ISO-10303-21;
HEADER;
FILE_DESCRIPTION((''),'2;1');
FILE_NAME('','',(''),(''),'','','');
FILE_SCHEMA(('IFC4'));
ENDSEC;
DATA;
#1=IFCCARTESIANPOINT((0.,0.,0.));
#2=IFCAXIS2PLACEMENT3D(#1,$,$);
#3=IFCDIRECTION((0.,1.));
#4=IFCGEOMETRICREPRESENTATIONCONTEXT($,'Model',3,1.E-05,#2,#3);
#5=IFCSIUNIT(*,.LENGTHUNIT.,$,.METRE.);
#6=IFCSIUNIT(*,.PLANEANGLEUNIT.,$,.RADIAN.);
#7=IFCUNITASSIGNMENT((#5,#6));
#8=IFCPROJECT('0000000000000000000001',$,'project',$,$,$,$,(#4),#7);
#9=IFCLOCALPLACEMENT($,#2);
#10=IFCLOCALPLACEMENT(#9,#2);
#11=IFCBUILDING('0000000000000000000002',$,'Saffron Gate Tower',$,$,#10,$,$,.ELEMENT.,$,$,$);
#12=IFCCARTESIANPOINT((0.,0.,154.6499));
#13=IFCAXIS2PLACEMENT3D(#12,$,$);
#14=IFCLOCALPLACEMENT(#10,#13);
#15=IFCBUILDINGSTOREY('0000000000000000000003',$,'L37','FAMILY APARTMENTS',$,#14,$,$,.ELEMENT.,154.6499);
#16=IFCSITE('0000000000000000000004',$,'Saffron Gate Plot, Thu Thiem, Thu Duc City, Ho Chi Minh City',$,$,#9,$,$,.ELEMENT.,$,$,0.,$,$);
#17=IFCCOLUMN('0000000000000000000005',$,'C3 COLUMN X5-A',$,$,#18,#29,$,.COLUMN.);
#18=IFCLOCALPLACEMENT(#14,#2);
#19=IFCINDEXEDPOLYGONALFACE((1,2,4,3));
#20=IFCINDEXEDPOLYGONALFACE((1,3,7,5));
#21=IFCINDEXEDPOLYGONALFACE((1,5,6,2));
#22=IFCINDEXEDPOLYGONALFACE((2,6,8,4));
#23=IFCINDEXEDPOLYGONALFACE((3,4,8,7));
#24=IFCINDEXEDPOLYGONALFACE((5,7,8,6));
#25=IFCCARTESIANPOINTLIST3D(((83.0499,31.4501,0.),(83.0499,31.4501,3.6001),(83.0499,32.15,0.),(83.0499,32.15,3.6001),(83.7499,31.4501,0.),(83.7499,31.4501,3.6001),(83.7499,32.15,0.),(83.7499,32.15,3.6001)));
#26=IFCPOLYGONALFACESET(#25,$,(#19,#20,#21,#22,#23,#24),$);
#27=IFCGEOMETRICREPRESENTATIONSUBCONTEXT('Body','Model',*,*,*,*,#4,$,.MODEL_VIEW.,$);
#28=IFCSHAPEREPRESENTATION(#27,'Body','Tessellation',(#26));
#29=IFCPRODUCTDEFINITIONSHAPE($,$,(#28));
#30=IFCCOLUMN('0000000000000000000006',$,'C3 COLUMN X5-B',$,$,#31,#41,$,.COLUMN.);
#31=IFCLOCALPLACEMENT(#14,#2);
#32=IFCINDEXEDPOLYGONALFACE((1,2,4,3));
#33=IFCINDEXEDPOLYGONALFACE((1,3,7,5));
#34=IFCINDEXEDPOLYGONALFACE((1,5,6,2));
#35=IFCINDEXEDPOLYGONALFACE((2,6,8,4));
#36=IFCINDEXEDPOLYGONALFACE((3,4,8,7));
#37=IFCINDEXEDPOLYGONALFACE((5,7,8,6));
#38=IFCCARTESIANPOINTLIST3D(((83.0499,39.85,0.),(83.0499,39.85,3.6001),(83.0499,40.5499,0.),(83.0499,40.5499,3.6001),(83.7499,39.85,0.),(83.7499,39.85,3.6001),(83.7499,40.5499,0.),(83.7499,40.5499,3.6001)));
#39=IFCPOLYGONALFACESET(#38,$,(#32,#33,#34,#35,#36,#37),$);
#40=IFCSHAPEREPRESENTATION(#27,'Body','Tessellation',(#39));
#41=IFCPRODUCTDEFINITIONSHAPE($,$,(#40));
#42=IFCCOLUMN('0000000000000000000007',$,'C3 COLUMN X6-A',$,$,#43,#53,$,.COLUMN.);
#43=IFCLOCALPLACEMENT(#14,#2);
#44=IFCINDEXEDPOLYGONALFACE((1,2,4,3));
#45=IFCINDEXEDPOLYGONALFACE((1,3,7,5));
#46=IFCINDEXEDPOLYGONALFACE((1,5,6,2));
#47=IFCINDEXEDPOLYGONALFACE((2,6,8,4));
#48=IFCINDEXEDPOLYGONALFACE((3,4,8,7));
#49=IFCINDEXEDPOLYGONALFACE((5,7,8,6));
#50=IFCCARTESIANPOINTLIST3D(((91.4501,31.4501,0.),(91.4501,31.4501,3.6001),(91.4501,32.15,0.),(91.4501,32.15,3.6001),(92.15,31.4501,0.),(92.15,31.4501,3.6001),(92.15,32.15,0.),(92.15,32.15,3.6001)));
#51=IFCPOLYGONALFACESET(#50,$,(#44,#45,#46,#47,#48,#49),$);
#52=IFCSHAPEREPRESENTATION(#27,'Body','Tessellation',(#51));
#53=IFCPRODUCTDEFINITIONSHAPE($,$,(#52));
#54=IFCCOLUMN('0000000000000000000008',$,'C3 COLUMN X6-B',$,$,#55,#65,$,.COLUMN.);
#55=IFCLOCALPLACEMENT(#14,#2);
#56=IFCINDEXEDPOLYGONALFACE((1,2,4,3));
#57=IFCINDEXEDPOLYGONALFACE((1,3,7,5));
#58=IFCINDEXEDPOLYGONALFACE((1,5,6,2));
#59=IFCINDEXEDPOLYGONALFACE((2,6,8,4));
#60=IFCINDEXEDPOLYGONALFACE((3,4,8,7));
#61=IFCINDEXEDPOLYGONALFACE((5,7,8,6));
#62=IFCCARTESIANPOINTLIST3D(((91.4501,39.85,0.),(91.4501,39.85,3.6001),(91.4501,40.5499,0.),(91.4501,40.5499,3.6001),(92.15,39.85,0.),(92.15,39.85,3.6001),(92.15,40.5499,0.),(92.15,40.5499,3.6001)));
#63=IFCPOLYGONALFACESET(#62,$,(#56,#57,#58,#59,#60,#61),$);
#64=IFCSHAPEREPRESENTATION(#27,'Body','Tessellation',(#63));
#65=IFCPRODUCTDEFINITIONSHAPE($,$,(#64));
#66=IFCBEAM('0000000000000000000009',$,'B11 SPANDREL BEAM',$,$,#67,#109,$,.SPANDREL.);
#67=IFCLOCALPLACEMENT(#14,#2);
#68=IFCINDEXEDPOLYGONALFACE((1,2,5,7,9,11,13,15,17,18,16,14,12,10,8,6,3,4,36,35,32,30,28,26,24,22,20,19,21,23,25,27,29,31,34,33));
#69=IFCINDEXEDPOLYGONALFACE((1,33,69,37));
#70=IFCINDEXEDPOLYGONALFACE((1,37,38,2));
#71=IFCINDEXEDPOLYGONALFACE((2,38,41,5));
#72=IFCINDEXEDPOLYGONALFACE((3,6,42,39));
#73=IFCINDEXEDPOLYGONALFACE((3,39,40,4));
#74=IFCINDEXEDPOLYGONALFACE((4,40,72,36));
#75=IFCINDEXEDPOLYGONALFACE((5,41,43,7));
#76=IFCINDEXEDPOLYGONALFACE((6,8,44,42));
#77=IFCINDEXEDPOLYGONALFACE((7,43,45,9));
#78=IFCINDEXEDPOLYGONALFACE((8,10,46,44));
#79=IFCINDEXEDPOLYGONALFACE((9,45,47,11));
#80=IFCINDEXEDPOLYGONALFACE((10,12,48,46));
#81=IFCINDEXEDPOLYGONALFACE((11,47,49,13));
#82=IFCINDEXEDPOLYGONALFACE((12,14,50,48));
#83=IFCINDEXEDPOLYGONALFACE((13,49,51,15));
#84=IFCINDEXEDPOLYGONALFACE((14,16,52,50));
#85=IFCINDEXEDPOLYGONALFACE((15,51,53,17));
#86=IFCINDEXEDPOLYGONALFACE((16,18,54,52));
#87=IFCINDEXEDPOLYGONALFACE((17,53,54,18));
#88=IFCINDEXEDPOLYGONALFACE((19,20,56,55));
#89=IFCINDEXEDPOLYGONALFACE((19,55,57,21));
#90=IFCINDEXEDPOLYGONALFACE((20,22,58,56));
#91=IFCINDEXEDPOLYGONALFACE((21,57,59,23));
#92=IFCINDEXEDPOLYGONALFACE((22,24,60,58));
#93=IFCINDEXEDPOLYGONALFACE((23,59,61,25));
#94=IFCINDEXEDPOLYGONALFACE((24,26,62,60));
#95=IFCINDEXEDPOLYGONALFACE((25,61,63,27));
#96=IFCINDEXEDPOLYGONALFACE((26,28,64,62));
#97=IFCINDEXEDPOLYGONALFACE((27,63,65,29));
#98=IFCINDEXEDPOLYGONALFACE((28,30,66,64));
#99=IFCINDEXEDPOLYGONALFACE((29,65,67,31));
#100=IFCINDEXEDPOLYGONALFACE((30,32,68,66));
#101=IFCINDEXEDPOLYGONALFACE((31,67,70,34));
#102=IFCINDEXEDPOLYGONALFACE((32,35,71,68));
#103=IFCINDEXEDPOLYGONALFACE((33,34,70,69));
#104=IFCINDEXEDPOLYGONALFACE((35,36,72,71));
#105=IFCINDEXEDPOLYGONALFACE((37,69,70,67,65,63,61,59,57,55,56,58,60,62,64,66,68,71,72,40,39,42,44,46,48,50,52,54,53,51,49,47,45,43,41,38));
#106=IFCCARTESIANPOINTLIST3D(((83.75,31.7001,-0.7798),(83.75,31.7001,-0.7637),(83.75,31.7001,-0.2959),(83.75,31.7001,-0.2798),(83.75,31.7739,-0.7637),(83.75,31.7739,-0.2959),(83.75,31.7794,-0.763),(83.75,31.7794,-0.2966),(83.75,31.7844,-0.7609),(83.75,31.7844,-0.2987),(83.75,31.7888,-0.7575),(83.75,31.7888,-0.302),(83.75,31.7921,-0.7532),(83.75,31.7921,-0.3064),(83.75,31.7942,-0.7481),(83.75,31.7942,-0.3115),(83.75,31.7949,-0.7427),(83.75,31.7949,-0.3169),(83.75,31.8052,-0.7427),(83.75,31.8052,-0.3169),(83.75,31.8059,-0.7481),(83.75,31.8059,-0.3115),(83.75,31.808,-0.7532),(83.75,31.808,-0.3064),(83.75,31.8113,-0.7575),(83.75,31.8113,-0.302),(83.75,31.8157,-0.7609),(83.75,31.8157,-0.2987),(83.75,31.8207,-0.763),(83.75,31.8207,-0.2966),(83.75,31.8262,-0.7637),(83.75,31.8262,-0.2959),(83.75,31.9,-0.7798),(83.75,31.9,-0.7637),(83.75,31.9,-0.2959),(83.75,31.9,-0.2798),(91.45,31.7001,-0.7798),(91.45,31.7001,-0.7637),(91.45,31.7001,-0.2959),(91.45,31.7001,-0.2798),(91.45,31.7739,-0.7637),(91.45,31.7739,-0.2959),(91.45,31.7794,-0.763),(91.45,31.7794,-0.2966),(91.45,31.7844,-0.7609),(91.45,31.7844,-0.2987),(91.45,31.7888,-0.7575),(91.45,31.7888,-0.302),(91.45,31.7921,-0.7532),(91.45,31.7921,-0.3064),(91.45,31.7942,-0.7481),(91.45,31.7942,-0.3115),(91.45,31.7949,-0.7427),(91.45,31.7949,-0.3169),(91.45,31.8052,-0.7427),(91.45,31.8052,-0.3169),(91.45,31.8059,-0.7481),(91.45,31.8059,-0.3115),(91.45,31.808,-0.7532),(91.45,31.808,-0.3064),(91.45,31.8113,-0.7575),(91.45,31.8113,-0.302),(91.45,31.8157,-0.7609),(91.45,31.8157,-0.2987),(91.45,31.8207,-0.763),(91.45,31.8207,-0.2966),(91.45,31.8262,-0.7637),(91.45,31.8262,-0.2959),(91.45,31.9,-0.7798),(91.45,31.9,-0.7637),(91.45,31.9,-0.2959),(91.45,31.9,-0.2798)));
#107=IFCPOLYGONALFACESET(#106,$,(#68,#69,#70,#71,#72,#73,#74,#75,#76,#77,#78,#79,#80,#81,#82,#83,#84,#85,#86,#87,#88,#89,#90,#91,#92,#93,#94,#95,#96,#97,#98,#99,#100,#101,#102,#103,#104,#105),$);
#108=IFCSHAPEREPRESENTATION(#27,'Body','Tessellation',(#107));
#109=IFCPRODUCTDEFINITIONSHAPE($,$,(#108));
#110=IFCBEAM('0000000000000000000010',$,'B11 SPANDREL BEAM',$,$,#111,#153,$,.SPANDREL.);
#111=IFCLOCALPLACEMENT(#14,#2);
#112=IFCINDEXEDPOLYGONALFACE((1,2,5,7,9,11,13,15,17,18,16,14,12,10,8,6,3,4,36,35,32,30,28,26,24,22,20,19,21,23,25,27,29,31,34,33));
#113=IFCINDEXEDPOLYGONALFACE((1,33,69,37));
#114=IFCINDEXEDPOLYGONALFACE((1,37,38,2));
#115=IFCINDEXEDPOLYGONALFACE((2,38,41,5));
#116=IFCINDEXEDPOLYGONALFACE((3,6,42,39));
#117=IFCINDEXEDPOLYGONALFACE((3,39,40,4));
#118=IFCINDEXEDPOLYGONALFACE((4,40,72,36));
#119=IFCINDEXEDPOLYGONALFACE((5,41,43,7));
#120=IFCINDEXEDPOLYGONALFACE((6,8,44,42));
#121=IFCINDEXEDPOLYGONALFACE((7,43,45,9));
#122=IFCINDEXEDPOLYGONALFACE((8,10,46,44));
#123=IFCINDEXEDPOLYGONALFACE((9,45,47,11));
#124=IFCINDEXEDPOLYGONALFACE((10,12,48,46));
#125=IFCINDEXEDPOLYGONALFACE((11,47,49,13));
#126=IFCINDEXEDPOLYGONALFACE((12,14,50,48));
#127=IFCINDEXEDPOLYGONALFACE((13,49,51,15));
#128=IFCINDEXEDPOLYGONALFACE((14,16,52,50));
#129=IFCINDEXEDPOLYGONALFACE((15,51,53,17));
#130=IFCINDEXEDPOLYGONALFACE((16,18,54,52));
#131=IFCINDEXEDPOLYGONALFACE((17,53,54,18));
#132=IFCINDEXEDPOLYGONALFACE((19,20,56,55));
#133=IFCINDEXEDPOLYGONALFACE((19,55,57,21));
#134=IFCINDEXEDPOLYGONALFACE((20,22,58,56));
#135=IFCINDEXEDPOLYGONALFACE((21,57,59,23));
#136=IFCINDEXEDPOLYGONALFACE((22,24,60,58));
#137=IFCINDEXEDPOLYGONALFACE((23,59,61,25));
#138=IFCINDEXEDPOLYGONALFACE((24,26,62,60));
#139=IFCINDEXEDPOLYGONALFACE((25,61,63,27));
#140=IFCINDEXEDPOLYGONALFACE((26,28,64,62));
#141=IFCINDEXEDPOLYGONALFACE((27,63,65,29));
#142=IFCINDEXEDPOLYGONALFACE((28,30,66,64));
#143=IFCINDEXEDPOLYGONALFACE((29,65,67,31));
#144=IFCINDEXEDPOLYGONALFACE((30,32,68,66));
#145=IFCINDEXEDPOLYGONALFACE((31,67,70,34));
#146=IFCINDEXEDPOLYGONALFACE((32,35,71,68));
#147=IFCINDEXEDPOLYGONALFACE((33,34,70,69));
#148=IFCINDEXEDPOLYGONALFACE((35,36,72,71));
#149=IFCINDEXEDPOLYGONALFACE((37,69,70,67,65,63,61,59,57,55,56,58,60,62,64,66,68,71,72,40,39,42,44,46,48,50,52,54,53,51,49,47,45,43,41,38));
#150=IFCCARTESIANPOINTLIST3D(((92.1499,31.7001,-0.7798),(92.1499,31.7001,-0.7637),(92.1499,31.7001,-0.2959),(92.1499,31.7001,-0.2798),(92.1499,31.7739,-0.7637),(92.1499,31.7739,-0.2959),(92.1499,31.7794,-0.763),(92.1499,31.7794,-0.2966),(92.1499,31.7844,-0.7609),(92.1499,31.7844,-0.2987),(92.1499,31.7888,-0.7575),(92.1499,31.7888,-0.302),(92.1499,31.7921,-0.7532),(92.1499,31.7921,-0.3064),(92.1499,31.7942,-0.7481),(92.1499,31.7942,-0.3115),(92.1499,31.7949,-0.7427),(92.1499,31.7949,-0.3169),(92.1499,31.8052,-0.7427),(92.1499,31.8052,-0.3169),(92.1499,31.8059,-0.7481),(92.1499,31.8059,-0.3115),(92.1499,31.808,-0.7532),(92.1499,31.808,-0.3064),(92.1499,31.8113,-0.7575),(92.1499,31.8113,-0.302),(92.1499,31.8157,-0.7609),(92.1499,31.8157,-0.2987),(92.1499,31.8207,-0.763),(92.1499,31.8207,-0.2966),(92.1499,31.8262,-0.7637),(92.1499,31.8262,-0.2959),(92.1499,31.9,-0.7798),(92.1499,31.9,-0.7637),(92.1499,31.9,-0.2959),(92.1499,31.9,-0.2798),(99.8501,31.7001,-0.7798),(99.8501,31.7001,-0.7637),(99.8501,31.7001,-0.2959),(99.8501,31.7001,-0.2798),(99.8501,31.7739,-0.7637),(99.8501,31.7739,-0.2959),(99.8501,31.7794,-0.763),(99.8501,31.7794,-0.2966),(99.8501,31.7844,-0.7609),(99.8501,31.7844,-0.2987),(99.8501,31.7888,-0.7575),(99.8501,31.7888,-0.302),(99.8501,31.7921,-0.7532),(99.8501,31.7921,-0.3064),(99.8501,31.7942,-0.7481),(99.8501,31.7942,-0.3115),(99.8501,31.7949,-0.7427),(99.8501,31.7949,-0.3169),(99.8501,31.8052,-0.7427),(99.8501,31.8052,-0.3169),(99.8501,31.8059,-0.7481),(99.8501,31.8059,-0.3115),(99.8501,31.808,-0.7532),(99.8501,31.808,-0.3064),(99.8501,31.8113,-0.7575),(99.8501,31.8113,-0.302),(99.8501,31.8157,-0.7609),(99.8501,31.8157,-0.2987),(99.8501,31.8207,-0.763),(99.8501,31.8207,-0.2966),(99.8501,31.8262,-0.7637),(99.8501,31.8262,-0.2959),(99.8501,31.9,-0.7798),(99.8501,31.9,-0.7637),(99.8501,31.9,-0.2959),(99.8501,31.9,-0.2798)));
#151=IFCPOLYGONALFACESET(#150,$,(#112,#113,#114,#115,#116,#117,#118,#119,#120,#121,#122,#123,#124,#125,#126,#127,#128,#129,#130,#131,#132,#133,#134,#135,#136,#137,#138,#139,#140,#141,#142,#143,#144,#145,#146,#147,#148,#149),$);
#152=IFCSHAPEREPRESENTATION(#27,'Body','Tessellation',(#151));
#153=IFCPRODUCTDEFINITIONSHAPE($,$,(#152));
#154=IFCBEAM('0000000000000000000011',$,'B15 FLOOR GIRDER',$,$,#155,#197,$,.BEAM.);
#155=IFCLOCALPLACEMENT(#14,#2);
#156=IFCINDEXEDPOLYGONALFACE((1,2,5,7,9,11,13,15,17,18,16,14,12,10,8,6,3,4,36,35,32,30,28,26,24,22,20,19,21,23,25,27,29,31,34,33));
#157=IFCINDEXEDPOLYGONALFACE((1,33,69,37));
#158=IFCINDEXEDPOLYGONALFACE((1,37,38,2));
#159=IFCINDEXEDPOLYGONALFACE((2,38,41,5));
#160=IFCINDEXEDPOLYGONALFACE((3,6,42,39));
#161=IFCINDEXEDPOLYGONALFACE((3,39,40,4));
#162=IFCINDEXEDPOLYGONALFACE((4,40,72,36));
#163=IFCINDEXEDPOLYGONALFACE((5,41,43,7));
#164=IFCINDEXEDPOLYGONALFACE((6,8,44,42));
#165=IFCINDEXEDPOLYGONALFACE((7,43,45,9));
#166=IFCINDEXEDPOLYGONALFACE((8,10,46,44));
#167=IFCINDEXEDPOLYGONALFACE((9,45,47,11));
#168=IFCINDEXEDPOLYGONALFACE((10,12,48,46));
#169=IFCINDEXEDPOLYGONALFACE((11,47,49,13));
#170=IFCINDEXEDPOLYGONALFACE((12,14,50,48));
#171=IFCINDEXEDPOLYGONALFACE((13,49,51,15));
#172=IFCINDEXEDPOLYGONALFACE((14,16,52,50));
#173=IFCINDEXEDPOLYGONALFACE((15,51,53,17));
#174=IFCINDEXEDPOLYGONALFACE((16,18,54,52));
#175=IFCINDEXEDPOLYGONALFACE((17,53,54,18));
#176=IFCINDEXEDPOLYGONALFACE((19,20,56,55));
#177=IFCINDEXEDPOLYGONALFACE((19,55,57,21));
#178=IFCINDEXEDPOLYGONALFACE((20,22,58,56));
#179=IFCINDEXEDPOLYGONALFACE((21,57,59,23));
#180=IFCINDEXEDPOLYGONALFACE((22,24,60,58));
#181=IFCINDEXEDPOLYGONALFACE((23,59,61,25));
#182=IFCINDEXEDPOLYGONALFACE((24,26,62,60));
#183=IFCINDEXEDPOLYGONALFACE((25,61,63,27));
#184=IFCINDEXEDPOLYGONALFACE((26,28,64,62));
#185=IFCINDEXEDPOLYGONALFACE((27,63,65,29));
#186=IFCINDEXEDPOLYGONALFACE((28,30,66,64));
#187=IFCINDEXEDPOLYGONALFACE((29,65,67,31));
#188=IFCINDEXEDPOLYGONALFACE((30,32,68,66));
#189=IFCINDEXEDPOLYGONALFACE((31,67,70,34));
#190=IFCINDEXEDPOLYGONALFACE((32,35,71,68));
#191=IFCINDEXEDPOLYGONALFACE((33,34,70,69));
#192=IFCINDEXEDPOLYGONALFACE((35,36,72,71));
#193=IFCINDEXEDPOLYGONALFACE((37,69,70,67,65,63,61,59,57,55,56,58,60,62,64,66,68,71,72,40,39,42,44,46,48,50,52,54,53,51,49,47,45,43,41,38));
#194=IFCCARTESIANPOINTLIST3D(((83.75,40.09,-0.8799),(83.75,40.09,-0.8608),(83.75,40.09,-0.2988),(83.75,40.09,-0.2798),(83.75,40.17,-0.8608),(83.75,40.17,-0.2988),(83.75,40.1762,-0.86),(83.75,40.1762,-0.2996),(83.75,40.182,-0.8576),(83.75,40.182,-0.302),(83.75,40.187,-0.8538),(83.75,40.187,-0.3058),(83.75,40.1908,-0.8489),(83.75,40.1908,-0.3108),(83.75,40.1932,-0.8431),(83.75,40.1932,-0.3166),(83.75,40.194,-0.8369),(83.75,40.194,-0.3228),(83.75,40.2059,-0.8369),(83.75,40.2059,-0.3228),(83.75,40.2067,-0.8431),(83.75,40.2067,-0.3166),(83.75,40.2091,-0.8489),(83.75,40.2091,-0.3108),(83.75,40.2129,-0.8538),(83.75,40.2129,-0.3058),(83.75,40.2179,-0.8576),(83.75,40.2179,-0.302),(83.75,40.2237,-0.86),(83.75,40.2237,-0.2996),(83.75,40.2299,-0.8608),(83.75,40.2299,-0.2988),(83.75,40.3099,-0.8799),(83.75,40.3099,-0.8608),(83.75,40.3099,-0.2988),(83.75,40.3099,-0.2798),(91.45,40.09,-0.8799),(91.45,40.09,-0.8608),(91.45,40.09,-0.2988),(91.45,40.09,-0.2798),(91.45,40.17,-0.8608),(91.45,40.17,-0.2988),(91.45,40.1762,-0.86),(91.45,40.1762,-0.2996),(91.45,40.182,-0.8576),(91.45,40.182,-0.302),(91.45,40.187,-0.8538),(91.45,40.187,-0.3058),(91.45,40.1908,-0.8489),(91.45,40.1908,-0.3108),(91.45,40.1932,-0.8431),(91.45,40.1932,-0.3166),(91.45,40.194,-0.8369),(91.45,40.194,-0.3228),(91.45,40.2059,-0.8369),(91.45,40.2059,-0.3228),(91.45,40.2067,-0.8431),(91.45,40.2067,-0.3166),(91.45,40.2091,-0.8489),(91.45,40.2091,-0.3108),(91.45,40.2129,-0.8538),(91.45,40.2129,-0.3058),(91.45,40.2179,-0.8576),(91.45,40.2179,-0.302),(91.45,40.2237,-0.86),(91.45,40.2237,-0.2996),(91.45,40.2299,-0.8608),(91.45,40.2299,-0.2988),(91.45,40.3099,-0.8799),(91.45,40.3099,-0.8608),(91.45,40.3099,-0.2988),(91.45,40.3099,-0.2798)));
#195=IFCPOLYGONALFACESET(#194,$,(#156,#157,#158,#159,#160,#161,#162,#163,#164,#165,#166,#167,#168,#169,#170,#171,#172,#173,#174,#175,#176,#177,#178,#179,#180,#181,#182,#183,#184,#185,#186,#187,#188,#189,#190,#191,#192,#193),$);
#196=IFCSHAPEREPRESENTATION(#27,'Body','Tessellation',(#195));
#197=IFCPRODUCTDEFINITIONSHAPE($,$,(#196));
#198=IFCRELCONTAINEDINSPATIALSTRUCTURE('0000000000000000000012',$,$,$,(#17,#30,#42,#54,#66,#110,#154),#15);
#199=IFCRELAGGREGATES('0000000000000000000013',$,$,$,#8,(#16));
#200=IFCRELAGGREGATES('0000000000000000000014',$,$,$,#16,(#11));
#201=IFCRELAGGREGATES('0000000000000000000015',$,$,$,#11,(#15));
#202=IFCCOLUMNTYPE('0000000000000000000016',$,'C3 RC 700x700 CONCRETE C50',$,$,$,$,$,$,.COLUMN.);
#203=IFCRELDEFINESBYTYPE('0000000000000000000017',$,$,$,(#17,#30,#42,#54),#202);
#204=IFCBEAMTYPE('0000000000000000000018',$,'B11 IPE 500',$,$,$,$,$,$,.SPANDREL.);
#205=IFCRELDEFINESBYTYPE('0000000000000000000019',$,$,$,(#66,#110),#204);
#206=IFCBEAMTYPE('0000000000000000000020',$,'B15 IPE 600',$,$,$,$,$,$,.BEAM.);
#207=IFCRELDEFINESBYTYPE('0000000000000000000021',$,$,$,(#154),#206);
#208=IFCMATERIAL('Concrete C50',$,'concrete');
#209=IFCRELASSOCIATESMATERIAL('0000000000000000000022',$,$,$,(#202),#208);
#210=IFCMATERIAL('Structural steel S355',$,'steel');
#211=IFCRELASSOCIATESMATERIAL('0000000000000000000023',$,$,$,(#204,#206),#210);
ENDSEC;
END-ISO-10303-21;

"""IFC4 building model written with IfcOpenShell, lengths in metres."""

from ifc_helpers import new_model, si_unit, direction, frame, origin, origin_2d, place, context, subcontext, project, spatial, rectangle, i_section, extrude, material, material_profile, profile_set, type_object, element, save


model = new_model("IFC4")

# Units and contexts
model_context = context("Model", 3, precision=1e-05, world=origin(), true_north=direction((0.0, 1.0)))
body_context = subcontext(model_context, "Body", "Model", "MODEL_VIEW")
ifc_project = project(units=[si_unit("LENGTHUNIT", "METRE"), si_unit("PLANEANGLEUNIT", "RADIAN")], contexts=[model_context])

# Site, building, storey
site_placement = place(None, origin())
site = spatial("IfcSite", under=ifc_project, at=site_placement, Name="Saffron Gate Plot, Thu Thiem, Thu Duc City, Ho Chi Minh City", CompositionType="ELEMENT", RefElevation=0.0)
building_placement = place(site_placement, origin())
building = spatial("IfcBuilding", under=site, at=building_placement, Name="Saffron Gate Tower", CompositionType="ELEMENT")
storey_placement = place(building_placement, frame((0.0, 0.0, 154.6499)))
storey = spatial("IfcBuildingStorey", under=building, at=storey_placement, Name="L37", Description="FAMILY APARTMENTS", CompositionType="ELEMENT", Elevation=154.6499)

# Columns
ifc_material_1 = material(Name="Concrete C50", Category="concrete")
ifc_material_profile_1 = material_profile(ifc_material_1, rectangle(XDim=0.7, YDim=0.7, at=origin_2d()))
ifc_profile_set_1 = profile_set([ifc_material_profile_1], Name="Concrete C50")
column_type = type_object("IfcColumnType", Name="C3 RC 700x700 CONCRETE C50", PredefinedType="COLUMN", material=ifc_profile_set_1)
for number, where, z_axis, x_axis, name in (
    (1, (83.3999, 31.8, 0.0), (0.0, 0.0, 1.0), (1.0, 0.0, 0.0), "C3 COLUMN X5-A"),
    (2, (83.3999, 40.2, 0.0), (0.0, 0.0, 1.0), (1.0, 0.0, 0.0), "C3 COLUMN X5-B"),
    (3, (91.8, 31.8, 0.0), (0.0, 0.0, 1.0), (1.0, 0.0, 0.0), "C3 COLUMN X6-A"),
    (4, (91.8, 40.2, 0.0), (0.0, 0.0, 1.0), (1.0, 0.0, 0.0), "C3 COLUMN X6-B"),
):
    element("IfcColumn", number, at=place(storey_placement, frame(where, z_axis=z_axis, x_axis=x_axis)), inside=storey, type_object=column_type, Name=name, PredefinedType="COLUMN", context=body_context, shape_type="SweptSolid", body=[
        extrude(rectangle(XDim=0.7, YDim=0.7, at=origin_2d()), origin(), (0.0, 0.0, 1.0), 3.6001),
    ])

# Beams
ifc_material_2 = material(Name="Structural steel S355", Category="steel")
ifc_material_profile_2 = material_profile(ifc_material_2, i_section(OverallWidth=0.2, OverallDepth=0.5, WebThickness=0.0103, FlangeThickness=0.0161, FilletRadius=0.021, at=origin_2d()))
ifc_profile_set_2 = profile_set([ifc_material_profile_2], Name="Structural steel S355")
beam_type_1 = type_object("IfcBeamType", Name="B11 IPE 500", PredefinedType="SPANDREL", material=ifc_profile_set_2)
beam_1_placement = place(storey_placement, frame((83.75, 31.8, -0.5298), z_axis=(1.0, 0.0, 0.0), x_axis=(0.0, 1.0, 0.0)))
element("IfcBeam", 5, at=beam_1_placement, inside=storey, type_object=beam_type_1, Name="B11 SPANDREL BEAM", PredefinedType="SPANDREL", context=body_context, shape_type="SweptSolid", body=[
    extrude(i_section(OverallWidth=0.2, OverallDepth=0.5, WebThickness=0.0103, FlangeThickness=0.0161, FilletRadius=0.021, at=origin_2d()), origin(), (0.0, 0.0, 1.0), 7.7),
])
beam_2_placement = place(storey_placement, frame((92.1499, 31.8, -0.5298), z_axis=(1.0, 0.0, 0.0), x_axis=(0.0, 1.0, 0.0)))
element("IfcBeam", 6, at=beam_2_placement, inside=storey, type_object=beam_type_1, Name="B11 SPANDREL BEAM", PredefinedType="SPANDREL", context=body_context, shape_type="SweptSolid", body=[
    extrude(i_section(OverallWidth=0.2, OverallDepth=0.5, WebThickness=0.0103, FlangeThickness=0.0161, FilletRadius=0.021, at=origin_2d()), origin(), (0.0, 0.0, 1.0), 7.7002),
])
ifc_material_profile_3 = material_profile(ifc_material_2, i_section(OverallWidth=0.22, OverallDepth=0.6001, WebThickness=0.012, FlangeThickness=0.019, FilletRadius=0.0239, at=origin_2d()))
ifc_profile_set_3 = profile_set([ifc_material_profile_3], Name="Structural steel S355")
beam_type_2 = type_object("IfcBeamType", Name="B15 IPE 600", PredefinedType="BEAM", material=ifc_profile_set_3)
beam_3_placement = place(storey_placement, frame((83.75, 40.2, -0.5798), z_axis=(1.0, 0.0, 0.0), x_axis=(0.0, 1.0, 0.0)))
element("IfcBeam", 7, at=beam_3_placement, inside=storey, type_object=beam_type_2, Name="B15 FLOOR GIRDER", PredefinedType="BEAM", context=body_context, shape_type="SweptSolid", body=[
    extrude(i_section(OverallWidth=0.22, OverallDepth=0.6001, WebThickness=0.012, FlangeThickness=0.019, FilletRadius=0.0239, at=origin_2d()), origin(), (0.0, 0.0, 1.0), 7.7),
])

save(model, "model.ifc")
